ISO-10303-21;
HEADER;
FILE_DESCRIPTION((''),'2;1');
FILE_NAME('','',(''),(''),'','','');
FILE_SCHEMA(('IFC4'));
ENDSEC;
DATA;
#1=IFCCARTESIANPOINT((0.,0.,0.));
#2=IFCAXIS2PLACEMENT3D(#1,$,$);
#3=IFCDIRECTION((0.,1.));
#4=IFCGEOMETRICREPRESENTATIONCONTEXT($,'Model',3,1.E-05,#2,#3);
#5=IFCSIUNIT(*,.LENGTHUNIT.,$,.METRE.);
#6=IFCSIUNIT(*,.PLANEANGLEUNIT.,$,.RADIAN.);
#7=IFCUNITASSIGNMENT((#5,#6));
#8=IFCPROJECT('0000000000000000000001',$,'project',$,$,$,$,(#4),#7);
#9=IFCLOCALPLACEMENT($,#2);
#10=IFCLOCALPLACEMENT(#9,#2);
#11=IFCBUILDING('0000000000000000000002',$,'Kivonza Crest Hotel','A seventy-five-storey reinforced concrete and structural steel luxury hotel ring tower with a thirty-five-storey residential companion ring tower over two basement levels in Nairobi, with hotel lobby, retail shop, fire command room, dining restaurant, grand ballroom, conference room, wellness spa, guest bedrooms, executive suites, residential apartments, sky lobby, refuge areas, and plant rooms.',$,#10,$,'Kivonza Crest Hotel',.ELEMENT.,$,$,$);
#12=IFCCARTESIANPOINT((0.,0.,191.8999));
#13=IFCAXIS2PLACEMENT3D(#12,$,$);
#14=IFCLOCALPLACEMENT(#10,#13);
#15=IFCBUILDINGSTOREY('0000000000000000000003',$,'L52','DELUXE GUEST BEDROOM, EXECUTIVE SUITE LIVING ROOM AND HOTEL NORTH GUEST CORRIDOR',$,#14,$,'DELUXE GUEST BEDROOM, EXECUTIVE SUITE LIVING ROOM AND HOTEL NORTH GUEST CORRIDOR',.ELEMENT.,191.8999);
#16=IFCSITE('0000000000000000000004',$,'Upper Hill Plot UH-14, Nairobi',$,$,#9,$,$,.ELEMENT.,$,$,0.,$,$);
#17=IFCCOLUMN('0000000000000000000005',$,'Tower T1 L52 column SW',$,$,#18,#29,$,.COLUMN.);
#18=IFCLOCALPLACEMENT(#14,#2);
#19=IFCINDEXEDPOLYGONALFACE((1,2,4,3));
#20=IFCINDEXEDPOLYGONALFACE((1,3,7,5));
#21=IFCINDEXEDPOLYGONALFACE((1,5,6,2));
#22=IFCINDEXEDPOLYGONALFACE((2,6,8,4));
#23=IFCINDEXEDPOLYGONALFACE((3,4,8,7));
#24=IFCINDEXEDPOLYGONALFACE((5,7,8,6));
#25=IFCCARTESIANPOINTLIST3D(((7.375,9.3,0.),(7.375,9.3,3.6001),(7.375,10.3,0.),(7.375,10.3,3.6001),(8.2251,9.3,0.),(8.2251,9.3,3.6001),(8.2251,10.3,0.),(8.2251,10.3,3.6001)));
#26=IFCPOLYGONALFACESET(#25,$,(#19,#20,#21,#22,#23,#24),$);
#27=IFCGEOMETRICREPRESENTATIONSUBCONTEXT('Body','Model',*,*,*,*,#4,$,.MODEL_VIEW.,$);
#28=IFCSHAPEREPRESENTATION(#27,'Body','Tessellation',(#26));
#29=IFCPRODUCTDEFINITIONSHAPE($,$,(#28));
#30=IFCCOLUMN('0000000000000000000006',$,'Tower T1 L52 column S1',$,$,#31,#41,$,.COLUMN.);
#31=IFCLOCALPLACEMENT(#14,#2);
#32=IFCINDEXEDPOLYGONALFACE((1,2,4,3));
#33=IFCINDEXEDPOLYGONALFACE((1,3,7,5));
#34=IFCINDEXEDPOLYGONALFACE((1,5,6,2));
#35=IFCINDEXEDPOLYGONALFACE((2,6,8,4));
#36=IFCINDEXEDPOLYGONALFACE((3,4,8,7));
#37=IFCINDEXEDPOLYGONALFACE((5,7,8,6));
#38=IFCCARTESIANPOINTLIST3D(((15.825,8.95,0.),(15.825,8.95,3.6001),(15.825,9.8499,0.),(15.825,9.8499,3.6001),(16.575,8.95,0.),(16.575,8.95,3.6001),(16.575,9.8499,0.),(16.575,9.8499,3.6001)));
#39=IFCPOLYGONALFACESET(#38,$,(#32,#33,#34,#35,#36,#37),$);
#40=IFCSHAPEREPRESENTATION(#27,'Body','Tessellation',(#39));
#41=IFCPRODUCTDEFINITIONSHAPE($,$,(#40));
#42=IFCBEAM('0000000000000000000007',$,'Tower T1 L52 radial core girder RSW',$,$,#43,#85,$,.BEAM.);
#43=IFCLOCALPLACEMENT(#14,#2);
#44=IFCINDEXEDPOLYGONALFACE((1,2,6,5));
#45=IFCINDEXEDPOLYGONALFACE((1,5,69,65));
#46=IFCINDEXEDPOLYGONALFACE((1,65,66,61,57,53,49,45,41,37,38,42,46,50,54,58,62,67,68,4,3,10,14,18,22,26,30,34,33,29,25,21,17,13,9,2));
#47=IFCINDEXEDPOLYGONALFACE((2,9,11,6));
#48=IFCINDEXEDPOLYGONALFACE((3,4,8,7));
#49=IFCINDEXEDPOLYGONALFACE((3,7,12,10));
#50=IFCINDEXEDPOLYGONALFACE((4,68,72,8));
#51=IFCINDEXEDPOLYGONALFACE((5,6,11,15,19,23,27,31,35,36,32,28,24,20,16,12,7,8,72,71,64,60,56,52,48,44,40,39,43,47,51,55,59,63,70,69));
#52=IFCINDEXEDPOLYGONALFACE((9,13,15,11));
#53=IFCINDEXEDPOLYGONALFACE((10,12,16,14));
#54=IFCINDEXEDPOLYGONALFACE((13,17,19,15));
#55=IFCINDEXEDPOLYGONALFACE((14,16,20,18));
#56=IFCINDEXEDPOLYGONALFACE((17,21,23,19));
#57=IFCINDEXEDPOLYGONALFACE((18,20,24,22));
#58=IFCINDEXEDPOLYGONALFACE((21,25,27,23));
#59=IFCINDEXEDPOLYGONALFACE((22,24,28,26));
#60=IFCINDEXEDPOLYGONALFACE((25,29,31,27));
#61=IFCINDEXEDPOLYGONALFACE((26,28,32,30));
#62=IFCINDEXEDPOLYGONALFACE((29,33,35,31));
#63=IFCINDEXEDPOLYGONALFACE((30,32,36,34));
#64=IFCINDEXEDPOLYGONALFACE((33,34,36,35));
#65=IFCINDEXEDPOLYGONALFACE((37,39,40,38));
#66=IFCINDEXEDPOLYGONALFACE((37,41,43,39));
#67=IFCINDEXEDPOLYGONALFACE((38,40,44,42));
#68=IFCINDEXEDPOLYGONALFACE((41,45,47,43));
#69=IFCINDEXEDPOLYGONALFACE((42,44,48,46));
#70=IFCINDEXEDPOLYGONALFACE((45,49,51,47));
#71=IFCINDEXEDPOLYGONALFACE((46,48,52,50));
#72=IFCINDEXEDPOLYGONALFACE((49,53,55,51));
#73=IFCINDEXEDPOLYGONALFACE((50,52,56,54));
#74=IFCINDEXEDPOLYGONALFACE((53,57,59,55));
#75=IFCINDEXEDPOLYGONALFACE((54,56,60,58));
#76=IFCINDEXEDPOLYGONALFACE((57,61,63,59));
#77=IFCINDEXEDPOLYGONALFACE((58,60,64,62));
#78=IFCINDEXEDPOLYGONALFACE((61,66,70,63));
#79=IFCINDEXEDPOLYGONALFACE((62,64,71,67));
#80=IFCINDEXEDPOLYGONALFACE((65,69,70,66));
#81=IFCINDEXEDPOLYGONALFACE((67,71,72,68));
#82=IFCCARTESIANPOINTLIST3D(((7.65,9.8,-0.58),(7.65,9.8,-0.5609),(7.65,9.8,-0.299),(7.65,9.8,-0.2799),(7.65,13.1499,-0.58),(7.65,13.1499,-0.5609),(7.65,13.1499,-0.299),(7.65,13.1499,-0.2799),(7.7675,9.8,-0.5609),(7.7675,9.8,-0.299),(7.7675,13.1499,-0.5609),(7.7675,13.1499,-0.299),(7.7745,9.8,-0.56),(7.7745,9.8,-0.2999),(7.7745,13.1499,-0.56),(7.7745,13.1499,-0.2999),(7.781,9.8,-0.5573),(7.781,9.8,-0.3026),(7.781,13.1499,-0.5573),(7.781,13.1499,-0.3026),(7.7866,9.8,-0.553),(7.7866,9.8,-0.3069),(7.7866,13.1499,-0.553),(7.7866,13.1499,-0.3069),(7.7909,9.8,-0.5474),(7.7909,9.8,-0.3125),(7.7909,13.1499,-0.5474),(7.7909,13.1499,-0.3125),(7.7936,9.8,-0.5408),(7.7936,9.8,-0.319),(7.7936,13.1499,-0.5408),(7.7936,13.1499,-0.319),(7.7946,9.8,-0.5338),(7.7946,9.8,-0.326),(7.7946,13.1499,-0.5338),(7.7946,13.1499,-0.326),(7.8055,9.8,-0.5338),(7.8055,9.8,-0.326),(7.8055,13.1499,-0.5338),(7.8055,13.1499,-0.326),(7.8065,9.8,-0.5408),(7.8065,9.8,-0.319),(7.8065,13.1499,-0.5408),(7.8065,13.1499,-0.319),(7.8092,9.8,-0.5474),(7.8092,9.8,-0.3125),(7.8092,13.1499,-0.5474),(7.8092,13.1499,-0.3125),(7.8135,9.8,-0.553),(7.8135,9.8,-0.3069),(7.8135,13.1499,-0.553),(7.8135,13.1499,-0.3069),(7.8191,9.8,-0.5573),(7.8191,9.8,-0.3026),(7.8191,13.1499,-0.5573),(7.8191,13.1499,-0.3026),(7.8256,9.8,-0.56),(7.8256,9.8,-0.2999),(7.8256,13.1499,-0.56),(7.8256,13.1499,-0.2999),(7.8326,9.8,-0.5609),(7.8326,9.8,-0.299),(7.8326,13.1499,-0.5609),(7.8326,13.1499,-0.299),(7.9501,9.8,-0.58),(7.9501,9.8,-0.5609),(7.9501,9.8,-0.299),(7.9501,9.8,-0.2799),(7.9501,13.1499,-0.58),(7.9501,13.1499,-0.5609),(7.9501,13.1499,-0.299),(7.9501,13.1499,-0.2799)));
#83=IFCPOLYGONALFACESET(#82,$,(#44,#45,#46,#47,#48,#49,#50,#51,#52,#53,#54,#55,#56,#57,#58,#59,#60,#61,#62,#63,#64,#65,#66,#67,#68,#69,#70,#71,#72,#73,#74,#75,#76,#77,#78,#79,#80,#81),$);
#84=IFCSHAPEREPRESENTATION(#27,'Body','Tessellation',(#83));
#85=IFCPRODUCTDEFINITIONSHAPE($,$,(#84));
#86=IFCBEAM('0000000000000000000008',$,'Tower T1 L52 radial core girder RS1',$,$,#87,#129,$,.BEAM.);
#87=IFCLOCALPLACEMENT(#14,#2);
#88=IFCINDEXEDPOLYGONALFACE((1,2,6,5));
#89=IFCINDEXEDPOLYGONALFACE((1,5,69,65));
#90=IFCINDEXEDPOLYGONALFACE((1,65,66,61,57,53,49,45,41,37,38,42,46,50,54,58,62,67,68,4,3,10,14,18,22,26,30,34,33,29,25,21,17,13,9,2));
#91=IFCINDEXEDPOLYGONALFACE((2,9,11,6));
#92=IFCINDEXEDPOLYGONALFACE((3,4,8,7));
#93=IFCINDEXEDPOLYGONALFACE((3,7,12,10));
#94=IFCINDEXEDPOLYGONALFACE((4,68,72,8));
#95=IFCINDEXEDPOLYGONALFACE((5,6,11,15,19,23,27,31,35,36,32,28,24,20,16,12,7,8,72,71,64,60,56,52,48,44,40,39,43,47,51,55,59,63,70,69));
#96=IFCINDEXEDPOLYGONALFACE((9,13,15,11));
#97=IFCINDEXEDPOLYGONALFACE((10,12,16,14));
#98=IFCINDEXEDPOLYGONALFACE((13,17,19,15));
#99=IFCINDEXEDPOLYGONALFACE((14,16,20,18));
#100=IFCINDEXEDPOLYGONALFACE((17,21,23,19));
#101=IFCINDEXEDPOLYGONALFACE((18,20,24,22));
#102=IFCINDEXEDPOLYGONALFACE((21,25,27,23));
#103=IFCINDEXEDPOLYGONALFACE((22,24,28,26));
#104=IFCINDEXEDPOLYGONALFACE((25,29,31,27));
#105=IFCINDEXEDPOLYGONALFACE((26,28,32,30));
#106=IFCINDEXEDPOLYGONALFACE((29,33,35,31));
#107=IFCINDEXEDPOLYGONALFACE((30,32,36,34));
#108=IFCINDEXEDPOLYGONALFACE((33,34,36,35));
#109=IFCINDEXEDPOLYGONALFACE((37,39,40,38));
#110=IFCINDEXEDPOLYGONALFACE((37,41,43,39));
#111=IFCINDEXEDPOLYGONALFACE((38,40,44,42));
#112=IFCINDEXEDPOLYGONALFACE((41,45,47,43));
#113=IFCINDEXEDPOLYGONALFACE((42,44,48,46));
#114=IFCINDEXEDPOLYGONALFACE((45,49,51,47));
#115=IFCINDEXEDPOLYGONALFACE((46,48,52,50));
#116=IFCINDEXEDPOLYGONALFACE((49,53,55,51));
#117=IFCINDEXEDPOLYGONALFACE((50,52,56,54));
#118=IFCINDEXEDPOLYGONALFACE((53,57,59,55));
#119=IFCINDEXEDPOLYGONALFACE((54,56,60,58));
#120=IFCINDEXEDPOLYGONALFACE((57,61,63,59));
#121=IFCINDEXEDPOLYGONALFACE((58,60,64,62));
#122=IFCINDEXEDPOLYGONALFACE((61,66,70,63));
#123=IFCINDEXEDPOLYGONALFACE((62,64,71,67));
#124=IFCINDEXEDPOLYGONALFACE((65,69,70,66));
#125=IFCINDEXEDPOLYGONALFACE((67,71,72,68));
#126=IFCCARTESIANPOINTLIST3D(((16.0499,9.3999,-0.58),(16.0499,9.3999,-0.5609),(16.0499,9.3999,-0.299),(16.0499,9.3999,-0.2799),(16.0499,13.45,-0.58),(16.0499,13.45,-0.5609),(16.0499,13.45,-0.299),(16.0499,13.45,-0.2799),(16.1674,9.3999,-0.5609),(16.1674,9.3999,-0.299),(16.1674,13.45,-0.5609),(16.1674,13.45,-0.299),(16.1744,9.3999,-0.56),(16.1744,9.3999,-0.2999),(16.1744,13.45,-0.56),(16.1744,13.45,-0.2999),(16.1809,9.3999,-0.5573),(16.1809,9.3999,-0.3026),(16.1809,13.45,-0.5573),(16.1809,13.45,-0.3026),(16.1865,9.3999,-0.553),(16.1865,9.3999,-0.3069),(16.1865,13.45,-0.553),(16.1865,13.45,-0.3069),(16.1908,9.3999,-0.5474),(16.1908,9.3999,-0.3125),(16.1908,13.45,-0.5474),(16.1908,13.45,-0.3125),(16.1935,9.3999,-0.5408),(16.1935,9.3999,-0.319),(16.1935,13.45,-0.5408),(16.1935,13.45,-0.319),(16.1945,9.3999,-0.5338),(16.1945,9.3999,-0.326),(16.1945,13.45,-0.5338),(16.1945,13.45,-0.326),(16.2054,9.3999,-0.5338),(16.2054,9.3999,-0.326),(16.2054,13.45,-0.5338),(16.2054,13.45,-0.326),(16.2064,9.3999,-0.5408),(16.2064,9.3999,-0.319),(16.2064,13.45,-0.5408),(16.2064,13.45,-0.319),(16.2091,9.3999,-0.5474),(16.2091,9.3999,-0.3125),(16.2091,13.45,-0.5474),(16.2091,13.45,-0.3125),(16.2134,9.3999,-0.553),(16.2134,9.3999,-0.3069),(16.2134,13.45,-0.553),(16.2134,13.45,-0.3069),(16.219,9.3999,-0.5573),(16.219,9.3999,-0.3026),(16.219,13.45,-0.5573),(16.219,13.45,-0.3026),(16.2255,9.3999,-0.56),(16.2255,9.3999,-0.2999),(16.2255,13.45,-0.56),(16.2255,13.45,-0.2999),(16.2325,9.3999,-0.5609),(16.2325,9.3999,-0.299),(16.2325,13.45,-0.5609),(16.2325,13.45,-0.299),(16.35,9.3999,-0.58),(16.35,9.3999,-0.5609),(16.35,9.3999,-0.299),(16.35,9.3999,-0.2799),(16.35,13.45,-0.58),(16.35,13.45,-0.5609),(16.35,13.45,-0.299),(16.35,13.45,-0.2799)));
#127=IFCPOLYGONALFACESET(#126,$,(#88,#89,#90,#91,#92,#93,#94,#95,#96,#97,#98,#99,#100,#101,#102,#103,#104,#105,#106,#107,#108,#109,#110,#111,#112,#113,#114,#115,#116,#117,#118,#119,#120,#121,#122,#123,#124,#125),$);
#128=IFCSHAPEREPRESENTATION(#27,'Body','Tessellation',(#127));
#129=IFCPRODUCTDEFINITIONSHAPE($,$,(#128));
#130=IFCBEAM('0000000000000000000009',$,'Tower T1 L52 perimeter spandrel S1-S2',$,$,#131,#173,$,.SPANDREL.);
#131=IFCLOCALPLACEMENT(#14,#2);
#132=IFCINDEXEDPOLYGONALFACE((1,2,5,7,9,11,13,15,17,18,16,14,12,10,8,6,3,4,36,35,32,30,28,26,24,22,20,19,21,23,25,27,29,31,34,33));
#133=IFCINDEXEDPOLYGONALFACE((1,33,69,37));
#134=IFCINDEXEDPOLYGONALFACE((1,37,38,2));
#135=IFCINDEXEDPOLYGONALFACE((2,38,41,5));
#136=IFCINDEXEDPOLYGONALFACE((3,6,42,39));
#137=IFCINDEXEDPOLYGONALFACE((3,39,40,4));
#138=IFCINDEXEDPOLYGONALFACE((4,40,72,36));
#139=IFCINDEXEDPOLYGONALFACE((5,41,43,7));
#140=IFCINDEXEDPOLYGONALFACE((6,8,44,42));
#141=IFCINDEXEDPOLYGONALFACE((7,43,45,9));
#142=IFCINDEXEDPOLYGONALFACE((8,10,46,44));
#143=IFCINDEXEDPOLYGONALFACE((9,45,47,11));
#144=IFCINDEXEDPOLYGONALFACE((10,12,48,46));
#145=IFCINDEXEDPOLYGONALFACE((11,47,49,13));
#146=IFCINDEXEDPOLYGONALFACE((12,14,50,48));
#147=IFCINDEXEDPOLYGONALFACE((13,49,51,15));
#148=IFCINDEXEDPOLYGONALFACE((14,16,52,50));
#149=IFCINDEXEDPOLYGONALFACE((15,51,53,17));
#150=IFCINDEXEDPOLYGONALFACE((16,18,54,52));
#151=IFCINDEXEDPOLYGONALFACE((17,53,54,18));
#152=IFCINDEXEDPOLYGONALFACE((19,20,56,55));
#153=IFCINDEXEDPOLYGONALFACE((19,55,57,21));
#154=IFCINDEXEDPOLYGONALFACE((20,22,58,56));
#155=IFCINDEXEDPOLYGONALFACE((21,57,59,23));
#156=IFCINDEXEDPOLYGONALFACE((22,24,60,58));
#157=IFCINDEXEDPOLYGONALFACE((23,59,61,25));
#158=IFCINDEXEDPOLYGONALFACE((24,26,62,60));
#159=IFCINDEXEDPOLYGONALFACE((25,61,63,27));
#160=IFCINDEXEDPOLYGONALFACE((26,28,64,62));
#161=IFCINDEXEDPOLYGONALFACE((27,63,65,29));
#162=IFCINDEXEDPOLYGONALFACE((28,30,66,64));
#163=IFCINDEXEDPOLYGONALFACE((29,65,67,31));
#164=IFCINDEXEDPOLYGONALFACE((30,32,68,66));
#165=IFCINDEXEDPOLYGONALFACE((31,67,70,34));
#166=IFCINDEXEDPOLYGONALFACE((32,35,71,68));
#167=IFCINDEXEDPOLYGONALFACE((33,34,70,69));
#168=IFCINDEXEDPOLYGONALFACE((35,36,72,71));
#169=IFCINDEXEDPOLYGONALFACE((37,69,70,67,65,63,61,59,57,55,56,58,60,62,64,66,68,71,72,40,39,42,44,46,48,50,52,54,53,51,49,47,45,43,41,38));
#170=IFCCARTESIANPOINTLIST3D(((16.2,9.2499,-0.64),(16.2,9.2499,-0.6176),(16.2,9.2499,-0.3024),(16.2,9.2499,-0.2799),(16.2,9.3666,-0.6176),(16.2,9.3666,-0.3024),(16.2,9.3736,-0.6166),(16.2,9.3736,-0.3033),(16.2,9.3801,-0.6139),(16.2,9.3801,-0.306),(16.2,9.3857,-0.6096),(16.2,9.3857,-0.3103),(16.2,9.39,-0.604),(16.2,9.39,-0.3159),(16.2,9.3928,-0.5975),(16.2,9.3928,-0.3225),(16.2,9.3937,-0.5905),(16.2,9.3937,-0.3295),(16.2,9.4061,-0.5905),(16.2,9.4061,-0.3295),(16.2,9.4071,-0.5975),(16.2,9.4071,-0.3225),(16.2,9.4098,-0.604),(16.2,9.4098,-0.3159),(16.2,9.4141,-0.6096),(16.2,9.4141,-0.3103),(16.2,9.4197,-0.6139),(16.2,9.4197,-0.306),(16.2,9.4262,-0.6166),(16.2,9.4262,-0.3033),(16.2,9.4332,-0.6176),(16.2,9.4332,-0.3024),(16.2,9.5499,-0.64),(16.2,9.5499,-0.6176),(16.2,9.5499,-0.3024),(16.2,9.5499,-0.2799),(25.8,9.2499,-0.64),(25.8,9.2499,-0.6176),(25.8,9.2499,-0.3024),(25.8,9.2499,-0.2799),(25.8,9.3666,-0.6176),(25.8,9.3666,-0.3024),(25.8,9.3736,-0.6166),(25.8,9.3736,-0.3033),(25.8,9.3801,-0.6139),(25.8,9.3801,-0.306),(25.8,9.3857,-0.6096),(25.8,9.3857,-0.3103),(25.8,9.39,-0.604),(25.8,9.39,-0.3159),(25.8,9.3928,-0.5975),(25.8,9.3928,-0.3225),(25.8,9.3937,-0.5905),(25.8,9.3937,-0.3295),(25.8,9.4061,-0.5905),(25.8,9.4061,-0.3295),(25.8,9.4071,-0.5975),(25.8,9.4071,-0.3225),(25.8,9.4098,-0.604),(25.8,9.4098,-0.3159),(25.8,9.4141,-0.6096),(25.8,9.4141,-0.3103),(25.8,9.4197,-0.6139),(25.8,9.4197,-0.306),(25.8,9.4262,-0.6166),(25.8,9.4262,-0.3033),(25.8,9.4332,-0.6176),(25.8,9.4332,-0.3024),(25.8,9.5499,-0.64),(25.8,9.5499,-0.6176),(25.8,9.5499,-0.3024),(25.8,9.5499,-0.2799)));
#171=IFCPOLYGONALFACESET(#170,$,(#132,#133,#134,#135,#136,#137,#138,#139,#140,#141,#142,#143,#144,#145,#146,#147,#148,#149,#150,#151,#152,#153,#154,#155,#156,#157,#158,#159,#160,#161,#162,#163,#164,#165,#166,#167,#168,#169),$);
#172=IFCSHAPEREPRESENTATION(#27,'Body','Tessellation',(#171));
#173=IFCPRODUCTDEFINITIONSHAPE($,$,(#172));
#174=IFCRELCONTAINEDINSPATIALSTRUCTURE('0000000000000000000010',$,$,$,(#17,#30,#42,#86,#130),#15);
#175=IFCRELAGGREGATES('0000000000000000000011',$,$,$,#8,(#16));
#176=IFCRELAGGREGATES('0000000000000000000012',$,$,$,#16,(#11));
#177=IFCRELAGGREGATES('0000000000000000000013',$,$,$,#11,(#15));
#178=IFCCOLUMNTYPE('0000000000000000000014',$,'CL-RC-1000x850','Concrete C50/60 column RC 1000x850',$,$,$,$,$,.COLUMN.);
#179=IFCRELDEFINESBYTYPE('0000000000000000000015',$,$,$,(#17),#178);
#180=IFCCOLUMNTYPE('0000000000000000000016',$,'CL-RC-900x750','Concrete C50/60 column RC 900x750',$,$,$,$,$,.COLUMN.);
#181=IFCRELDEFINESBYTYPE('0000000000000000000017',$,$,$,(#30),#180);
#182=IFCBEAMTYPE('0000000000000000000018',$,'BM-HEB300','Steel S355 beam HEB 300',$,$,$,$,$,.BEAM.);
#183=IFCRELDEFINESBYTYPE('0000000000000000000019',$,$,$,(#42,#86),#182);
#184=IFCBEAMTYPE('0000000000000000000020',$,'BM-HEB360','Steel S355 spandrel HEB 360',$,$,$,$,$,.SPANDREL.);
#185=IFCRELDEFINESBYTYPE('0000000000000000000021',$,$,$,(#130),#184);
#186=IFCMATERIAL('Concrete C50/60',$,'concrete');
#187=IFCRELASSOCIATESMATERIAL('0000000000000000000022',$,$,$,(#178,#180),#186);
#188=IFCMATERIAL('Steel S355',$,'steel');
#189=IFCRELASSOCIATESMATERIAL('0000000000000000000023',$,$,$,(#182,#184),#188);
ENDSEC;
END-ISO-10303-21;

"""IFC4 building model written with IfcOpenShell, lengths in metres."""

from ifc_helpers import new_model, si_unit, direction, frame, origin, origin_2d, place, context, subcontext, project, spatial, rectangle, i_section, extrude, material, material_profile, profile_set, type_object, element, save


model = new_model("IFC4")

# Units and contexts
model_context = context("Model", 3, precision=1e-05, world=origin(), true_north=direction((0.0, 1.0)))
body_context = subcontext(model_context, "Body", "Model", "MODEL_VIEW")
ifc_project = project(units=[si_unit("LENGTHUNIT", "METRE"), si_unit("PLANEANGLEUNIT", "RADIAN")], contexts=[model_context])

# Site, building, storey
site_placement = place(None, origin())
site = spatial("IfcSite", under=ifc_project, at=site_placement, Name="Upper Hill Plot UH-14, Nairobi", CompositionType="ELEMENT", RefElevation=0.0)
building_placement = place(site_placement, origin())
building = spatial("IfcBuilding", under=site, at=building_placement, Name="Kivonza Crest Hotel", Description="A seventy-five-storey reinforced concrete and structural steel luxury hotel ring tower with a thirty-five-storey residential companion ring tower over two basement levels in Nairobi, with hotel lobby, retail shop, fire command room, dining restaurant, grand ballroom, conference room, wellness spa, guest bedrooms, executive suites, residential apartments, sky lobby, refuge areas, and plant rooms.", LongName="Kivonza Crest Hotel", CompositionType="ELEMENT")
storey_placement = place(building_placement, frame((0.0, 0.0, 191.8999)))
storey = spatial("IfcBuildingStorey", under=building, at=storey_placement, Name="L52", Description="DELUXE GUEST BEDROOM, EXECUTIVE SUITE LIVING ROOM AND HOTEL NORTH GUEST CORRIDOR", LongName="DELUXE GUEST BEDROOM, EXECUTIVE SUITE LIVING ROOM AND HOTEL NORTH GUEST CORRIDOR", CompositionType="ELEMENT", Elevation=191.8999)

# Columns
ifc_material_1 = material(Name="Concrete C50/60", Category="concrete")
ifc_material_profile_1 = material_profile(ifc_material_1, rectangle(XDim=0.8501, YDim=1.0, at=origin_2d()), Name="RC 1000x850")
ifc_profile_set_1 = profile_set([ifc_material_profile_1], Name="Concrete C50/60")
column_type_1 = type_object("IfcColumnType", Name="CL-RC-1000x850", Description="Concrete C50/60 column RC 1000x850", PredefinedType="COLUMN", material=ifc_profile_set_1)
column_1_placement = place(storey_placement, frame((7.8, 9.8, 0.0), z_axis=(0.0, 0.0, 1.0), x_axis=(1.0, 0.0, 0.0)))
element("IfcColumn", 1, at=column_1_placement, inside=storey, type_object=column_type_1, Name="Tower T1 L52 column SW", PredefinedType="COLUMN", context=body_context, shape_type="SweptSolid", body=[
    extrude(rectangle(XDim=0.8501, YDim=1.0, at=origin_2d()), origin(), (0.0, 0.0, 1.0), 3.6001),
])
ifc_material_profile_2 = material_profile(ifc_material_1, rectangle(XDim=0.75, YDim=0.8999, at=origin_2d()), Name="RC 900x750")
ifc_profile_set_2 = profile_set([ifc_material_profile_2], Name="Concrete C50/60")
column_type_2 = type_object("IfcColumnType", Name="CL-RC-900x750", Description="Concrete C50/60 column RC 900x750", PredefinedType="COLUMN", material=ifc_profile_set_2)
column_2_placement = place(storey_placement, frame((16.2, 9.3999, 0.0), z_axis=(0.0, 0.0, 1.0), x_axis=(1.0, 0.0, 0.0)))
element("IfcColumn", 2, at=column_2_placement, inside=storey, type_object=column_type_2, Name="Tower T1 L52 column S1", PredefinedType="COLUMN", context=body_context, shape_type="SweptSolid", body=[
    extrude(rectangle(XDim=0.75, YDim=0.8999, at=origin_2d()), origin(), (0.0, 0.0, 1.0), 3.6001),
])

# Beams
ifc_material_2 = material(Name="Steel S355", Category="steel")
ifc_material_profile_3 = material_profile(ifc_material_2, i_section(OverallWidth=0.3, OverallDepth=0.3, WebThickness=0.011, FlangeThickness=0.019, FilletRadius=0.0271, at=origin_2d()), Name="HEB 300")
ifc_profile_set_3 = profile_set([ifc_material_profile_3], Name="Steel S355")
beam_type_1 = type_object("IfcBeamType", Name="BM-HEB300", Description="Steel S355 beam HEB 300", PredefinedType="BEAM", material=ifc_profile_set_3)
beam_1_placement = place(storey_placement, frame((7.8, 9.8, -0.4299), z_axis=(0.0, 1.0, 0.0), x_axis=(-1.0, 0.0, 0.0)))
element("IfcBeam", 3, at=beam_1_placement, inside=storey, type_object=beam_type_1, Name="Tower T1 L52 radial core girder RSW", PredefinedType="BEAM", context=body_context, shape_type="SweptSolid", body=[
    extrude(i_section(OverallWidth=0.3, OverallDepth=0.3, WebThickness=0.011, FlangeThickness=0.019, FilletRadius=0.0271, at=origin_2d()), origin(), (0.0, 0.0, 1.0), 3.3499),
])
beam_2_placement = place(storey_placement, frame((16.2, 9.3999, -0.4299), z_axis=(0.0, 1.0, 0.0), x_axis=(-1.0, 0.0, 0.0)))
element("IfcBeam", 4, at=beam_2_placement, inside=storey, type_object=beam_type_1, Name="Tower T1 L52 radial core girder RS1", PredefinedType="BEAM", context=body_context, shape_type="SweptSolid", body=[
    extrude(i_section(OverallWidth=0.3, OverallDepth=0.3, WebThickness=0.011, FlangeThickness=0.019, FilletRadius=0.0271, at=origin_2d()), origin(), (0.0, 0.0, 1.0), 4.05),
])
ifc_material_profile_4 = material_profile(ifc_material_2, i_section(OverallWidth=0.3, OverallDepth=0.3601, WebThickness=0.0125, FlangeThickness=0.0225, FilletRadius=0.0271, at=origin_2d()), Name="HEB 360")
ifc_profile_set_4 = profile_set([ifc_material_profile_4], Name="Steel S355")
beam_type_2 = type_object("IfcBeamType", Name="BM-HEB360", Description="Steel S355 spandrel HEB 360", PredefinedType="SPANDREL", material=ifc_profile_set_4)
beam_3_placement = place(storey_placement, frame((16.2, 9.3999, -0.46), z_axis=(1.0, 0.0, 0.0), x_axis=(0.0, 1.0, 0.0)))
element("IfcBeam", 5, at=beam_3_placement, inside=storey, type_object=beam_type_2, Name="Tower T1 L52 perimeter spandrel S1-S2", PredefinedType="SPANDREL", context=body_context, shape_type="SweptSolid", body=[
    extrude(i_section(OverallWidth=0.3, OverallDepth=0.3601, WebThickness=0.0125, FlangeThickness=0.0225, FilletRadius=0.0271, at=origin_2d()), origin(), (0.0, 0.0, 1.0), 9.6001),
])

save(model, "model.ifc")
